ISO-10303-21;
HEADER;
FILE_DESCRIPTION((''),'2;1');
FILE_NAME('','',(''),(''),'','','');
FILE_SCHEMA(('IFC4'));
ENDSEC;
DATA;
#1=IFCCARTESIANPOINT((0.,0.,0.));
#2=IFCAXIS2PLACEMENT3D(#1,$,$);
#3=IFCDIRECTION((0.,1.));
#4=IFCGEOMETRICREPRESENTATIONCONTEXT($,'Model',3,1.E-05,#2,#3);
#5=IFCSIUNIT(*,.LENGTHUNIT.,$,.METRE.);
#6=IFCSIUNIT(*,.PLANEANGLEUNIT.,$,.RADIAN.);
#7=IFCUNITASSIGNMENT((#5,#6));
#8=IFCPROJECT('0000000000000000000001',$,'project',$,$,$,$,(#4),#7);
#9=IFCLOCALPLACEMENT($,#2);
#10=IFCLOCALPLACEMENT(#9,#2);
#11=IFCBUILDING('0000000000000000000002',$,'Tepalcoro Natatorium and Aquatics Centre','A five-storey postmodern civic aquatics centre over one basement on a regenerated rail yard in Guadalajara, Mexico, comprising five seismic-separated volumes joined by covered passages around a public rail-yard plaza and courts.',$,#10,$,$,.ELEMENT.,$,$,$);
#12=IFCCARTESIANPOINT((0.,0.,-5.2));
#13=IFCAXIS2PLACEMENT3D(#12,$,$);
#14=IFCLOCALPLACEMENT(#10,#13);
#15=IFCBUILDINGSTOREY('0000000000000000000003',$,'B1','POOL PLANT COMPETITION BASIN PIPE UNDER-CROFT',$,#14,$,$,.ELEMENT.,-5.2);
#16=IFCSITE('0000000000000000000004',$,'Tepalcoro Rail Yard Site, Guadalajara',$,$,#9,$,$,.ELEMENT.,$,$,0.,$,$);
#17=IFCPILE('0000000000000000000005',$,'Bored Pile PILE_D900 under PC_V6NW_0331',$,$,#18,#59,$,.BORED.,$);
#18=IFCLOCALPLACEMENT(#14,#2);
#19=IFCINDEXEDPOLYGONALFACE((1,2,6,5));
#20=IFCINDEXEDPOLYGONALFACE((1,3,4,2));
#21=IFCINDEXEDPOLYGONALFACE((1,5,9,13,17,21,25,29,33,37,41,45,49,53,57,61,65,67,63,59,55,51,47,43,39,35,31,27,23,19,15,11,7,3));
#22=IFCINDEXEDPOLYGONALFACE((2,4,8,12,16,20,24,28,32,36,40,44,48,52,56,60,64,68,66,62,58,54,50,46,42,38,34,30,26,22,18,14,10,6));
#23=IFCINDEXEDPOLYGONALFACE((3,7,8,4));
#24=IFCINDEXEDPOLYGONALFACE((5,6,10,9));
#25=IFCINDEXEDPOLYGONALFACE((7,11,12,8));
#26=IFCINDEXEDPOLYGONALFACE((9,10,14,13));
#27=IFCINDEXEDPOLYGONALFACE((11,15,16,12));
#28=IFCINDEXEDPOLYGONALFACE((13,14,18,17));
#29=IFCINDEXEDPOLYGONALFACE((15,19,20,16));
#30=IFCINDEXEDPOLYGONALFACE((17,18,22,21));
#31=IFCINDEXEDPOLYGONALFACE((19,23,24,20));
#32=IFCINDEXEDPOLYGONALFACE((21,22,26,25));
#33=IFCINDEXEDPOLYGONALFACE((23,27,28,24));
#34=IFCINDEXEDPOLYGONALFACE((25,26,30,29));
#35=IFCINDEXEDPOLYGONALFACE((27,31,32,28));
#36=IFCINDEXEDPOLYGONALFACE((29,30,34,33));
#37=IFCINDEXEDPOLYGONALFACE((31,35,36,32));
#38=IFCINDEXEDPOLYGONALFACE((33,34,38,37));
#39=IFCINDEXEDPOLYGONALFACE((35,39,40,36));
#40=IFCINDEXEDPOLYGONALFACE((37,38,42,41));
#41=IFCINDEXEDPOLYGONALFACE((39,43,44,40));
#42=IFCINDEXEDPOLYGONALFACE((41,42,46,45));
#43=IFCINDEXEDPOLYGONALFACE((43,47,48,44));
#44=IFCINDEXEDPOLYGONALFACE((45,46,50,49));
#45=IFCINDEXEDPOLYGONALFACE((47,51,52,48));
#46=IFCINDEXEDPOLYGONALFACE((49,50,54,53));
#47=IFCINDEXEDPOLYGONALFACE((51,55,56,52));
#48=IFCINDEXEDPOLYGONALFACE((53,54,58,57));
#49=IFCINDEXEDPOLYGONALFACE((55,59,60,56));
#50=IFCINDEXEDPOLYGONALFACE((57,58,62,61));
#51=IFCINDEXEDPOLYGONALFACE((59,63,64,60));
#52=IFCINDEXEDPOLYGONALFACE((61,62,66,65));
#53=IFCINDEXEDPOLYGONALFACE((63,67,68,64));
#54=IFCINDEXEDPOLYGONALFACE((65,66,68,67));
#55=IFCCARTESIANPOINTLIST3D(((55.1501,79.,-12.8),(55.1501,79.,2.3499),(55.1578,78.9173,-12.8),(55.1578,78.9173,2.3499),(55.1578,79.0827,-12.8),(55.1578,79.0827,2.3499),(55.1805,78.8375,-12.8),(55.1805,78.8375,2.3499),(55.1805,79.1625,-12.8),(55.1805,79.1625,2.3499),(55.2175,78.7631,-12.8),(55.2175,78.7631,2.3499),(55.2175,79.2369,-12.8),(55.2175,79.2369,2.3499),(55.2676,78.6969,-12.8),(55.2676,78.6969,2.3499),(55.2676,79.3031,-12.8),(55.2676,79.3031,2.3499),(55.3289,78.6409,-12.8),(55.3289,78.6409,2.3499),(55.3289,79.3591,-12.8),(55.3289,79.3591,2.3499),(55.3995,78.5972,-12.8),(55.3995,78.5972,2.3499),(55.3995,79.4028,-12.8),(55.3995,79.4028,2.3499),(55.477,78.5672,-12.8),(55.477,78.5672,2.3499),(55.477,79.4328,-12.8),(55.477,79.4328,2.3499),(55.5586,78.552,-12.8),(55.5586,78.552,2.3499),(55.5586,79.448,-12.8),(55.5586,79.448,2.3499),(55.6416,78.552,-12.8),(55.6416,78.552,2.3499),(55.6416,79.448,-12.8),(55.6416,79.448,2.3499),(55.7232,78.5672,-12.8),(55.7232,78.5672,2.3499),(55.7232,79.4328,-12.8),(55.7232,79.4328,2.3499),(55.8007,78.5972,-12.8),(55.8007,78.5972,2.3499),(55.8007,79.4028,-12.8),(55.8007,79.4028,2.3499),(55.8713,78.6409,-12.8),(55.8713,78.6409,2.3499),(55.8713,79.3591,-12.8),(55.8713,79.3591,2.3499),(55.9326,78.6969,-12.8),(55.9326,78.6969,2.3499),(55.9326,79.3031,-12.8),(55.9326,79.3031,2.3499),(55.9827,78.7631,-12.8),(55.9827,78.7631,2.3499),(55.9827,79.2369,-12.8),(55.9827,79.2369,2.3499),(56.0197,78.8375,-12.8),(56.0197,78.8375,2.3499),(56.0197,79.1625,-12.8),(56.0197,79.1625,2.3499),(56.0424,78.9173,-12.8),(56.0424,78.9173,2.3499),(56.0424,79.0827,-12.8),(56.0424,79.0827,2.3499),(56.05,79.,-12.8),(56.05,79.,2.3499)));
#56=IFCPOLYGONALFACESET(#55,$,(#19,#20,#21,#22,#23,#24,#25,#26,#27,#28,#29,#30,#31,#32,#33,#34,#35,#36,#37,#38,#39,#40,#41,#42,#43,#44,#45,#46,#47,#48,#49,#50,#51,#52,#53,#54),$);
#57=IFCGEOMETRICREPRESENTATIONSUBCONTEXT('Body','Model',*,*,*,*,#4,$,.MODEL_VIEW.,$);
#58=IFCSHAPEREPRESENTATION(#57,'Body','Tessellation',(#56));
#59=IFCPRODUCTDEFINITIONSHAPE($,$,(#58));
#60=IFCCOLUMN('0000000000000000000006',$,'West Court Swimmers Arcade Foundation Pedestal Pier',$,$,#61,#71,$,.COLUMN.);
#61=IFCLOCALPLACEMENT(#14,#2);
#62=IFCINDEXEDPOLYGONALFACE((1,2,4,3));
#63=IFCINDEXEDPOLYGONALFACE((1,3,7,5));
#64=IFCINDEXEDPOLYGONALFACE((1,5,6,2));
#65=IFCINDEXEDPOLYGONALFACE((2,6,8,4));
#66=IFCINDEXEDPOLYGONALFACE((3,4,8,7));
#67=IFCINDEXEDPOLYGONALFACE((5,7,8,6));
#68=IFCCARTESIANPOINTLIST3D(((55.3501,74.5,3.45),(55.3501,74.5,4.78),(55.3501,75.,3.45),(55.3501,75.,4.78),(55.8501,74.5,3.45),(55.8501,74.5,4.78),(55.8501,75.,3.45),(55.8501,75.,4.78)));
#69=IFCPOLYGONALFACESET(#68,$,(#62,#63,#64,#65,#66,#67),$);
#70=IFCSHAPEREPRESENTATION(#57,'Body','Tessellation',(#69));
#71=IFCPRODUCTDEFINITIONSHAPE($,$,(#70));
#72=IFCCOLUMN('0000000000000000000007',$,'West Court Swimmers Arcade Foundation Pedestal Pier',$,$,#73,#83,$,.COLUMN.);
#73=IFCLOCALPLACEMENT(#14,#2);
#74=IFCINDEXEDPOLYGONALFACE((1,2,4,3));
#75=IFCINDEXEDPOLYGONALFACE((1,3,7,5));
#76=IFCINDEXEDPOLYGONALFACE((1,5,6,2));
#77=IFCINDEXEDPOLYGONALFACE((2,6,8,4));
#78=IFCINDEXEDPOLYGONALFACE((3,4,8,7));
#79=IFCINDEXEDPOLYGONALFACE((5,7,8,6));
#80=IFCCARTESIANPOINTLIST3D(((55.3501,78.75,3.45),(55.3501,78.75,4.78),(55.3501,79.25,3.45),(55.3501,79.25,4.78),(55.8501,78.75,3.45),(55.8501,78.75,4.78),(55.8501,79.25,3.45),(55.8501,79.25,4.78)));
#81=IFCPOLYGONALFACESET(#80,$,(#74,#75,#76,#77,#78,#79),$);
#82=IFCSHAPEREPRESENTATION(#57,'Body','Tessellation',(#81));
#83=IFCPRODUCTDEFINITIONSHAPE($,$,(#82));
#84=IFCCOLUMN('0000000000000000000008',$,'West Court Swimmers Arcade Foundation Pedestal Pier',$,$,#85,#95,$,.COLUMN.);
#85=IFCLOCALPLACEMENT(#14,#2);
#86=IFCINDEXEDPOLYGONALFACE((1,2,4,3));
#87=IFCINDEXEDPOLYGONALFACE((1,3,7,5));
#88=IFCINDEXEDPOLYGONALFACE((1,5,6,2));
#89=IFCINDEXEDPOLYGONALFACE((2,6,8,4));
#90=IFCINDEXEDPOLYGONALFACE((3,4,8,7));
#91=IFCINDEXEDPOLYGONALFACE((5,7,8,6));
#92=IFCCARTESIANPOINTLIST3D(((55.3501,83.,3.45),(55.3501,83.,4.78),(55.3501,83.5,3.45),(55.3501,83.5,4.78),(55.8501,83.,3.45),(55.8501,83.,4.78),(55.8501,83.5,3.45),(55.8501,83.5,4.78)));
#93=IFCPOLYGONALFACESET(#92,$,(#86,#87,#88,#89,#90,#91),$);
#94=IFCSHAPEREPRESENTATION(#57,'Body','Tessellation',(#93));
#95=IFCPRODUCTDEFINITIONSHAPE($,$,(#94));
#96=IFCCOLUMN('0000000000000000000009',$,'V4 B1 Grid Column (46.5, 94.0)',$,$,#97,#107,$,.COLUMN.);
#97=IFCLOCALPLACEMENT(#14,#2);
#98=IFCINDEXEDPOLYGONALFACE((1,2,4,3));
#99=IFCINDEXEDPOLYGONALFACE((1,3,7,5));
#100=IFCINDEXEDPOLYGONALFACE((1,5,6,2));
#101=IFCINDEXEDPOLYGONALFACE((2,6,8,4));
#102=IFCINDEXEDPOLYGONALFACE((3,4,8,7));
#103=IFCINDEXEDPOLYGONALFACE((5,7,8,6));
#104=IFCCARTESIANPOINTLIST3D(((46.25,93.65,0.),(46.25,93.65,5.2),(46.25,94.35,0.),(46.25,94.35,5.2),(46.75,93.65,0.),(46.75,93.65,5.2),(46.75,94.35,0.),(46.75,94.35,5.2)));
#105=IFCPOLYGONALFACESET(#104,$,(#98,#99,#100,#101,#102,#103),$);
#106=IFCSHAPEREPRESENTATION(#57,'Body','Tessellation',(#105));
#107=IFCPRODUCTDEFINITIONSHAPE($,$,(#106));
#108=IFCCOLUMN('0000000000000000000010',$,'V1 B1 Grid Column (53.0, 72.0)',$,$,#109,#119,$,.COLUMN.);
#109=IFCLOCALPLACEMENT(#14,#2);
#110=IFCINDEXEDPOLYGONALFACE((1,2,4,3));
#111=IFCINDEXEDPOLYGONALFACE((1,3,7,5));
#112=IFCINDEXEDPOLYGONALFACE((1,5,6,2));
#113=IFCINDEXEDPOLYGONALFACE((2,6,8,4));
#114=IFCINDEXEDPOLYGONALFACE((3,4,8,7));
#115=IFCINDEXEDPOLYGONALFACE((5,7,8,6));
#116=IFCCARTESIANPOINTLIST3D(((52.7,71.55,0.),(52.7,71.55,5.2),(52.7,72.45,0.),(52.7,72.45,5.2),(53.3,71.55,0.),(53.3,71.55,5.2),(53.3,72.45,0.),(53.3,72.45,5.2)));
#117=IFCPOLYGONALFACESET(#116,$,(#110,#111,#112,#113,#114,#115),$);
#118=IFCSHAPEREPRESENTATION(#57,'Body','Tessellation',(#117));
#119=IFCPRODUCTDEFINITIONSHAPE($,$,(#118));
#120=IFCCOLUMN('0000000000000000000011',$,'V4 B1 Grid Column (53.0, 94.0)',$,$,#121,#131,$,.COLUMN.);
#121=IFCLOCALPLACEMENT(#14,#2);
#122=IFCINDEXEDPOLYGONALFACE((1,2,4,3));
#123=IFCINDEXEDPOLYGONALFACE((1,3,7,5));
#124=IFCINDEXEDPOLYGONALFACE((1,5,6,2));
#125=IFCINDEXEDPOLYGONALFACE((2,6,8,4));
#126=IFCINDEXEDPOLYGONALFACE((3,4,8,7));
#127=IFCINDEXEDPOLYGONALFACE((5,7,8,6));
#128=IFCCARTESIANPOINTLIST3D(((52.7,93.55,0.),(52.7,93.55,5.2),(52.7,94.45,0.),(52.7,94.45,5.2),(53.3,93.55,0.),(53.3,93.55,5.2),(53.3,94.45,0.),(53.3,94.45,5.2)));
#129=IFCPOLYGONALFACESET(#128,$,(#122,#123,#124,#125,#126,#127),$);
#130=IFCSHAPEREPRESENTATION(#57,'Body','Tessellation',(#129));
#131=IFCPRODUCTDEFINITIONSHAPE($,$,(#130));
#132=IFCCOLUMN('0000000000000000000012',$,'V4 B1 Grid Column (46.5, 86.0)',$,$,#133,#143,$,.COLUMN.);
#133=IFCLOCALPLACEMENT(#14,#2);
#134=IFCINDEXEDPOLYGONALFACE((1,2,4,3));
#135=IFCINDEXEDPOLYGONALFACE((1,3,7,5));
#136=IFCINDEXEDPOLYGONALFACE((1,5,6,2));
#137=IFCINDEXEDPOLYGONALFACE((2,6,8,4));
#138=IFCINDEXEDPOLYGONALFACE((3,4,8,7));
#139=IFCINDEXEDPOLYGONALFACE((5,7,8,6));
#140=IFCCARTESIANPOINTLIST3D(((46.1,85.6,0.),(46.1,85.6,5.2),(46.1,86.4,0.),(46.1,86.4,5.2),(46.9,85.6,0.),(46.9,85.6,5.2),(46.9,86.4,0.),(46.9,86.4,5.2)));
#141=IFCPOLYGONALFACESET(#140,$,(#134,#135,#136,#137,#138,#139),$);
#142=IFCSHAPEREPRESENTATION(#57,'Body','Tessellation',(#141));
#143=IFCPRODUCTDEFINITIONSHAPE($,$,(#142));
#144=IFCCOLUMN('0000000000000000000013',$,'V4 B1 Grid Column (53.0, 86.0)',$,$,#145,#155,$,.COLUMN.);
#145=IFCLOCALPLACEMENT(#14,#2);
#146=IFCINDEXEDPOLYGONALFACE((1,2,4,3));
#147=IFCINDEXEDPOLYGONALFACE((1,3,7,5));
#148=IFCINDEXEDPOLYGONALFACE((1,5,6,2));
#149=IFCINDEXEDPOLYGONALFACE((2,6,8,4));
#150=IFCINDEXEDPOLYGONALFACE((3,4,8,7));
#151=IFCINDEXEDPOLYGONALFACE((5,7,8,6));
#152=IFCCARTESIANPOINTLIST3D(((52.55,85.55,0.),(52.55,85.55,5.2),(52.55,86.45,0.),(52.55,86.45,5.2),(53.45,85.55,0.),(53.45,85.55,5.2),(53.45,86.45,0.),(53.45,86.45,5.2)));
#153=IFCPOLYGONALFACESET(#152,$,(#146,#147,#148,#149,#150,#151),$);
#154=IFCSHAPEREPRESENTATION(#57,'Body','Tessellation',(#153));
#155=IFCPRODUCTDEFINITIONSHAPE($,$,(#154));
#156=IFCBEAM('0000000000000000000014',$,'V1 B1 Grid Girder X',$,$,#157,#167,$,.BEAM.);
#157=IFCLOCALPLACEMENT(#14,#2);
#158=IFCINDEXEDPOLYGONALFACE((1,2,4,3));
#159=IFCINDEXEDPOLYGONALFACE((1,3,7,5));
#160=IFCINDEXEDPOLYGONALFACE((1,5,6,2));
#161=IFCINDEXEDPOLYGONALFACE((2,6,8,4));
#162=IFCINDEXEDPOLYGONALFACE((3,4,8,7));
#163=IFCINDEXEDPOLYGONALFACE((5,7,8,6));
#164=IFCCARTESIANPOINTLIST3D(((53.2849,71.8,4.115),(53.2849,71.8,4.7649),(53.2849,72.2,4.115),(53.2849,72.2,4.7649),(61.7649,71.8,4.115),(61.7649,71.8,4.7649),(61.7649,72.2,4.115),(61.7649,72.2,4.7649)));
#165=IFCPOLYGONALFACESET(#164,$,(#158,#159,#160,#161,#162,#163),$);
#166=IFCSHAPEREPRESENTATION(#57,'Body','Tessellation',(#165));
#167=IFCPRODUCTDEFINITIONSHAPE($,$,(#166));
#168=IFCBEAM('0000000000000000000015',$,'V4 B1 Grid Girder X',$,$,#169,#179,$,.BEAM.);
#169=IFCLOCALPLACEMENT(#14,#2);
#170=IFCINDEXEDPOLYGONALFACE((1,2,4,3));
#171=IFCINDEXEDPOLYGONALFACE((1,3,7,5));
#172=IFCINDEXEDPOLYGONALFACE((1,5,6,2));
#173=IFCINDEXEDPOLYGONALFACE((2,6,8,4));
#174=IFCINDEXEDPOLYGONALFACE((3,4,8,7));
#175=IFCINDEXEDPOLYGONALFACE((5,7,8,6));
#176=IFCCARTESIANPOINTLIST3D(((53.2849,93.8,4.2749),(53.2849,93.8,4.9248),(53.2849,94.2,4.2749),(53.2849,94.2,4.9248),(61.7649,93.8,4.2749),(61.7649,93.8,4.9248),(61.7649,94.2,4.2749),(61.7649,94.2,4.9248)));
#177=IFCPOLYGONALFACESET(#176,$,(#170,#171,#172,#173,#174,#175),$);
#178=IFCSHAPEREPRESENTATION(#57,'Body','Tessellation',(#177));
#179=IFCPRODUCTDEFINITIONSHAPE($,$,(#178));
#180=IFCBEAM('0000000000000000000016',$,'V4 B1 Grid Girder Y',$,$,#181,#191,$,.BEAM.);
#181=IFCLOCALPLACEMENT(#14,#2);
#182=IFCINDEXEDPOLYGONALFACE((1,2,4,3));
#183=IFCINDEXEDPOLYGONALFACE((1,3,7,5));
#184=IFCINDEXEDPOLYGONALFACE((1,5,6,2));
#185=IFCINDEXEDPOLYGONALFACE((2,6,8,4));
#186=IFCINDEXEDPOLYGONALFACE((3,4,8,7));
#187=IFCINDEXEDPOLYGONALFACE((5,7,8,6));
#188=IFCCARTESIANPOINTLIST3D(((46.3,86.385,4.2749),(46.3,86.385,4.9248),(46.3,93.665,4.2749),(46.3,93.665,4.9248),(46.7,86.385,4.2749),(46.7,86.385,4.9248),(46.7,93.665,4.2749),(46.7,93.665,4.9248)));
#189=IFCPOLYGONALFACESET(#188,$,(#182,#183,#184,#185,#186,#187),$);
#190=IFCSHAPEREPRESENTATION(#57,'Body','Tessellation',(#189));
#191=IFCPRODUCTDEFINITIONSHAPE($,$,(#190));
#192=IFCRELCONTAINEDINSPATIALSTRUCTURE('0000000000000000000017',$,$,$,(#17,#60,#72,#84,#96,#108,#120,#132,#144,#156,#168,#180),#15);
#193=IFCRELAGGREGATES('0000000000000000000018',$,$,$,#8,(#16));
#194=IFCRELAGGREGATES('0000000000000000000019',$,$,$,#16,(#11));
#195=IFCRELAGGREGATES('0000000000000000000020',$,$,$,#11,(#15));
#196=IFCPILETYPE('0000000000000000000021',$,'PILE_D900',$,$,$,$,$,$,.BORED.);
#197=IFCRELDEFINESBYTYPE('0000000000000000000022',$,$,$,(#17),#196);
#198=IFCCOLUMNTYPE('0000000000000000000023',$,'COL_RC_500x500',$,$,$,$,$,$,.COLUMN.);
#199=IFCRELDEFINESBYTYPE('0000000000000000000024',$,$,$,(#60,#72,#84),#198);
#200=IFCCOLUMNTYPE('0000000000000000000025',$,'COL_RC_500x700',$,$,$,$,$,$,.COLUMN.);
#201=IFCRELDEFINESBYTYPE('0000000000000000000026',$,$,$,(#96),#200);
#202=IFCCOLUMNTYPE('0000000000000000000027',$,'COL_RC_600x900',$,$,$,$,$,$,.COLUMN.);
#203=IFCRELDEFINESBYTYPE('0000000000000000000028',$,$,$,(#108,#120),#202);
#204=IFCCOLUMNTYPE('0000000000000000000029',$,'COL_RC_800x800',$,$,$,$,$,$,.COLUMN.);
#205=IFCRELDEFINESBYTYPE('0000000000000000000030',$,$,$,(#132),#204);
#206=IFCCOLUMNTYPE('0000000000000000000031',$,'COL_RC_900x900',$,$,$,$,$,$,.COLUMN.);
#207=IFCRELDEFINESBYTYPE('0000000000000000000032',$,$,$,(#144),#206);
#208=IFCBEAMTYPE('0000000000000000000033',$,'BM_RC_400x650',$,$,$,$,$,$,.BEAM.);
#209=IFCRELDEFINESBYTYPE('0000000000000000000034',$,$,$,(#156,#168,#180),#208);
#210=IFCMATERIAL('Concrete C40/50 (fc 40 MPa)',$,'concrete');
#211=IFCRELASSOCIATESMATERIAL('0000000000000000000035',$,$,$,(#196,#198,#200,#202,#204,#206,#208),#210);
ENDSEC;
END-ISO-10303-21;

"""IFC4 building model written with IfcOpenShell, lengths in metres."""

from ifc_helpers import new_model, si_unit, direction, frame, origin, origin_2d, place, context, subcontext, project, spatial, rectangle, circle, extrude, material, material_profile, profile_set, type_object, element, save


model = new_model("IFC4")

# Units and contexts
model_context = context("Model", 3, precision=1e-05, world=origin(), true_north=direction((0.0, 1.0)))
body_context = subcontext(model_context, "Body", "Model", "MODEL_VIEW")
ifc_project = project(units=[si_unit("LENGTHUNIT", "METRE"), si_unit("PLANEANGLEUNIT", "RADIAN")], contexts=[model_context])

# Site, building, storey
site_placement = place(None, origin())
site = spatial("IfcSite", under=ifc_project, at=site_placement, Name="Tepalcoro Rail Yard Site, Guadalajara", CompositionType="ELEMENT", RefElevation=0.0)
building_placement = place(site_placement, origin())
building = spatial("IfcBuilding", under=site, at=building_placement, Name="Tepalcoro Natatorium and Aquatics Centre", Description="A five-storey postmodern civic aquatics centre over one basement on a regenerated rail yard in Guadalajara, Mexico, comprising five seismic-separated volumes joined by covered passages around a public rail-yard plaza and courts.", CompositionType="ELEMENT")
storey_placement = place(building_placement, frame((0.0, 0.0, -5.2)))
storey = spatial("IfcBuildingStorey", under=building, at=storey_placement, Name="B1", Description="POOL PLANT COMPETITION BASIN PIPE UNDER-CROFT", CompositionType="ELEMENT", Elevation=-5.2)

# Pile
ifc_material_1 = material(Name="Concrete C40/50 (fc 40 MPa)", Category="concrete")
ifc_material_profile_1 = material_profile(ifc_material_1, circle(Radius=0.45, at=origin_2d()), Name="PILE_D900")
ifc_profile_set_1 = profile_set([ifc_material_profile_1], Name="Concrete C40/50 (fc 40 MPa)")
pile_type_1 = type_object("IfcPileType", Name="PILE_D900", PredefinedType="BORED", material=ifc_profile_set_1)
pile_1_placement = place(storey_placement, frame((55.6001, 79.0, 2.3499), z_axis=(0.0, 0.0, -1.0), x_axis=(1.0, 0.0, 0.0)))
element("IfcPile", 1, at=pile_1_placement, inside=storey, type_object=pile_type_1, Name="Bored Pile PILE_D900 under PC_V6NW_0331", PredefinedType="BORED", context=body_context, shape_type="SweptSolid", body=[
    extrude(circle(Radius=0.45, at=origin_2d()), origin(), (0.0, 0.0, 1.0), 15.1499),
])

# Columns
ifc_material_profile_2 = material_profile(ifc_material_1, rectangle(XDim=0.5, YDim=0.5, at=origin_2d()), Name="RC500x500")
ifc_profile_set_2 = profile_set([ifc_material_profile_2], Name="Concrete C40/50 (fc 40 MPa)")
column_type_1 = type_object("IfcColumnType", Name="COL_RC_500x500", PredefinedType="COLUMN", material=ifc_profile_set_2)
for number, where, z_axis, x_axis, name in (
    (2, (55.6001, 74.75, 3.45), (0.0, 0.0, 1.0), (1.0, 0.0, 0.0), "West Court Swimmers Arcade Foundation Pedestal Pier"),
    (3, (55.6001, 79.0, 3.45), (0.0, 0.0, 1.0), (1.0, 0.0, 0.0), "West Court Swimmers Arcade Foundation Pedestal Pier"),
    (4, (55.6001, 83.25, 3.45), (0.0, 0.0, 1.0), (1.0, 0.0, 0.0), "West Court Swimmers Arcade Foundation Pedestal Pier"),
):
    element("IfcColumn", number, at=place(storey_placement, frame(where, z_axis=z_axis, x_axis=x_axis)), inside=storey, type_object=column_type_1, Name=name, PredefinedType="COLUMN", context=body_context, shape_type="SweptSolid", body=[
        extrude(rectangle(XDim=0.5, YDim=0.5, at=origin_2d()), origin(), (0.0, 0.0, 1.0), 1.3301),
    ])
ifc_material_profile_3 = material_profile(ifc_material_1, rectangle(XDim=0.5, YDim=0.7, at=origin_2d()), Name="RC500x700")
ifc_profile_set_3 = profile_set([ifc_material_profile_3], Name="Concrete C40/50 (fc 40 MPa)")
column_type_2 = type_object("IfcColumnType", Name="COL_RC_500x700", PredefinedType="COLUMN", material=ifc_profile_set_3)
column_1_placement = place(storey_placement, frame((46.5, 94.0, 0.0), z_axis=(0.0, 0.0, 1.0), x_axis=(1.0, 0.0, 0.0)))
element("IfcColumn", 5, at=column_1_placement, inside=storey, type_object=column_type_2, Name="V4 B1 Grid Column (46.5, 94.0)", PredefinedType="COLUMN", context=body_context, shape_type="SweptSolid", body=[
    extrude(rectangle(XDim=0.5, YDim=0.7, at=origin_2d()), origin(), (0.0, 0.0, 1.0), 5.2),
])
ifc_material_profile_4 = material_profile(ifc_material_1, rectangle(XDim=0.6001, YDim=0.8999, at=origin_2d()), Name="RC600x900")
ifc_profile_set_4 = profile_set([ifc_material_profile_4], Name="Concrete C40/50 (fc 40 MPa)")
column_type_3 = type_object("IfcColumnType", Name="COL_RC_600x900", PredefinedType="COLUMN", material=ifc_profile_set_4)
for number, where, z_axis, x_axis, name in (
    (6, (53.0, 72.0, 0.0), (0.0, 0.0, 1.0), (1.0, 0.0, 0.0), "V1 B1 Grid Column (53.0, 72.0)"),
    (7, (53.0, 94.0, 0.0), (0.0, 0.0, 1.0), (1.0, 0.0, 0.0), "V4 B1 Grid Column (53.0, 94.0)"),
):
    element("IfcColumn", number, at=place(storey_placement, frame(where, z_axis=z_axis, x_axis=x_axis)), inside=storey, type_object=column_type_3, Name=name, PredefinedType="COLUMN", context=body_context, shape_type="SweptSolid", body=[
        extrude(rectangle(XDim=0.6001, YDim=0.8999, at=origin_2d()), origin(), (0.0, 0.0, 1.0), 5.2),
    ])
ifc_material_profile_5 = material_profile(ifc_material_1, rectangle(XDim=0.8, YDim=0.8, at=origin_2d()), Name="RC800x800")
ifc_profile_set_5 = profile_set([ifc_material_profile_5], Name="Concrete C40/50 (fc 40 MPa)")
column_type_4 = type_object("IfcColumnType", Name="COL_RC_800x800", PredefinedType="COLUMN", material=ifc_profile_set_5)
column_2_placement = place(storey_placement, frame((46.5, 86.0, 0.0), z_axis=(0.0, 0.0, 1.0), x_axis=(1.0, 0.0, 0.0)))
element("IfcColumn", 8, at=column_2_placement, inside=storey, type_object=column_type_4, Name="V4 B1 Grid Column (46.5, 86.0)", PredefinedType="COLUMN", context=body_context, shape_type="SweptSolid", body=[
    extrude(rectangle(XDim=0.8, YDim=0.8, at=origin_2d()), origin(), (0.0, 0.0, 1.0), 5.2),
])
ifc_material_profile_6 = material_profile(ifc_material_1, rectangle(XDim=0.8999, YDim=0.8999, at=origin_2d()), Name="RC900x900")
ifc_profile_set_6 = profile_set([ifc_material_profile_6], Name="Concrete C40/50 (fc 40 MPa)")
column_type_5 = type_object("IfcColumnType", Name="COL_RC_900x900", PredefinedType="COLUMN", material=ifc_profile_set_6)
column_3_placement = place(storey_placement, frame((53.0, 86.0, 0.0), z_axis=(0.0, 0.0, 1.0), x_axis=(1.0, 0.0, 0.0)))
element("IfcColumn", 9, at=column_3_placement, inside=storey, type_object=column_type_5, Name="V4 B1 Grid Column (53.0, 86.0)", PredefinedType="COLUMN", context=body_context, shape_type="SweptSolid", body=[
    extrude(rectangle(XDim=0.8999, YDim=0.8999, at=origin_2d()), origin(), (0.0, 0.0, 1.0), 5.2),
])

# Beams
ifc_material_profile_7 = material_profile(ifc_material_1, rectangle(XDim=0.3999, YDim=0.6499, at=origin_2d()), Name="RCB400x650")
ifc_profile_set_7 = profile_set([ifc_material_profile_7], Name="Concrete C40/50 (fc 40 MPa)")
beam_type_1 = type_object("IfcBeamType", Name="BM_RC_400x650", PredefinedType="BEAM", material=ifc_profile_set_7)
for number, where, z_axis, x_axis, name in (
    (10, (53.2849, 72.0, 4.4399), (1.0, 0.0, 0.0), (0.0, 1.0, 0.0), "V1 B1 Grid Girder X"),
    (11, (53.2849, 94.0, 4.5999), (1.0, 0.0, 0.0), (0.0, 1.0, 0.0), "V4 B1 Grid Girder X"),
):
    element("IfcBeam", number, at=place(storey_placement, frame(where, z_axis=z_axis, x_axis=x_axis)), inside=storey, type_object=beam_type_1, Name=name, PredefinedType="BEAM", context=body_context, shape_type="SweptSolid", body=[
        extrude(rectangle(XDim=0.3999, YDim=0.6499, at=origin_2d()), origin(), (0.0, 0.0, 1.0), 8.48),
    ])
beam_1_placement = place(storey_placement, frame((46.5, 86.385, 4.5999), z_axis=(0.0, 1.0, 0.0), x_axis=(-1.0, 0.0, 0.0)))
element("IfcBeam", 12, at=beam_1_placement, inside=storey, type_object=beam_type_1, Name="V4 B1 Grid Girder Y", PredefinedType="BEAM", context=body_context, shape_type="SweptSolid", body=[
    extrude(rectangle(XDim=0.3999, YDim=0.6499, at=origin_2d()), origin(), (0.0, 0.0, 1.0), 7.28),
])

save(model, "model.ifc")
